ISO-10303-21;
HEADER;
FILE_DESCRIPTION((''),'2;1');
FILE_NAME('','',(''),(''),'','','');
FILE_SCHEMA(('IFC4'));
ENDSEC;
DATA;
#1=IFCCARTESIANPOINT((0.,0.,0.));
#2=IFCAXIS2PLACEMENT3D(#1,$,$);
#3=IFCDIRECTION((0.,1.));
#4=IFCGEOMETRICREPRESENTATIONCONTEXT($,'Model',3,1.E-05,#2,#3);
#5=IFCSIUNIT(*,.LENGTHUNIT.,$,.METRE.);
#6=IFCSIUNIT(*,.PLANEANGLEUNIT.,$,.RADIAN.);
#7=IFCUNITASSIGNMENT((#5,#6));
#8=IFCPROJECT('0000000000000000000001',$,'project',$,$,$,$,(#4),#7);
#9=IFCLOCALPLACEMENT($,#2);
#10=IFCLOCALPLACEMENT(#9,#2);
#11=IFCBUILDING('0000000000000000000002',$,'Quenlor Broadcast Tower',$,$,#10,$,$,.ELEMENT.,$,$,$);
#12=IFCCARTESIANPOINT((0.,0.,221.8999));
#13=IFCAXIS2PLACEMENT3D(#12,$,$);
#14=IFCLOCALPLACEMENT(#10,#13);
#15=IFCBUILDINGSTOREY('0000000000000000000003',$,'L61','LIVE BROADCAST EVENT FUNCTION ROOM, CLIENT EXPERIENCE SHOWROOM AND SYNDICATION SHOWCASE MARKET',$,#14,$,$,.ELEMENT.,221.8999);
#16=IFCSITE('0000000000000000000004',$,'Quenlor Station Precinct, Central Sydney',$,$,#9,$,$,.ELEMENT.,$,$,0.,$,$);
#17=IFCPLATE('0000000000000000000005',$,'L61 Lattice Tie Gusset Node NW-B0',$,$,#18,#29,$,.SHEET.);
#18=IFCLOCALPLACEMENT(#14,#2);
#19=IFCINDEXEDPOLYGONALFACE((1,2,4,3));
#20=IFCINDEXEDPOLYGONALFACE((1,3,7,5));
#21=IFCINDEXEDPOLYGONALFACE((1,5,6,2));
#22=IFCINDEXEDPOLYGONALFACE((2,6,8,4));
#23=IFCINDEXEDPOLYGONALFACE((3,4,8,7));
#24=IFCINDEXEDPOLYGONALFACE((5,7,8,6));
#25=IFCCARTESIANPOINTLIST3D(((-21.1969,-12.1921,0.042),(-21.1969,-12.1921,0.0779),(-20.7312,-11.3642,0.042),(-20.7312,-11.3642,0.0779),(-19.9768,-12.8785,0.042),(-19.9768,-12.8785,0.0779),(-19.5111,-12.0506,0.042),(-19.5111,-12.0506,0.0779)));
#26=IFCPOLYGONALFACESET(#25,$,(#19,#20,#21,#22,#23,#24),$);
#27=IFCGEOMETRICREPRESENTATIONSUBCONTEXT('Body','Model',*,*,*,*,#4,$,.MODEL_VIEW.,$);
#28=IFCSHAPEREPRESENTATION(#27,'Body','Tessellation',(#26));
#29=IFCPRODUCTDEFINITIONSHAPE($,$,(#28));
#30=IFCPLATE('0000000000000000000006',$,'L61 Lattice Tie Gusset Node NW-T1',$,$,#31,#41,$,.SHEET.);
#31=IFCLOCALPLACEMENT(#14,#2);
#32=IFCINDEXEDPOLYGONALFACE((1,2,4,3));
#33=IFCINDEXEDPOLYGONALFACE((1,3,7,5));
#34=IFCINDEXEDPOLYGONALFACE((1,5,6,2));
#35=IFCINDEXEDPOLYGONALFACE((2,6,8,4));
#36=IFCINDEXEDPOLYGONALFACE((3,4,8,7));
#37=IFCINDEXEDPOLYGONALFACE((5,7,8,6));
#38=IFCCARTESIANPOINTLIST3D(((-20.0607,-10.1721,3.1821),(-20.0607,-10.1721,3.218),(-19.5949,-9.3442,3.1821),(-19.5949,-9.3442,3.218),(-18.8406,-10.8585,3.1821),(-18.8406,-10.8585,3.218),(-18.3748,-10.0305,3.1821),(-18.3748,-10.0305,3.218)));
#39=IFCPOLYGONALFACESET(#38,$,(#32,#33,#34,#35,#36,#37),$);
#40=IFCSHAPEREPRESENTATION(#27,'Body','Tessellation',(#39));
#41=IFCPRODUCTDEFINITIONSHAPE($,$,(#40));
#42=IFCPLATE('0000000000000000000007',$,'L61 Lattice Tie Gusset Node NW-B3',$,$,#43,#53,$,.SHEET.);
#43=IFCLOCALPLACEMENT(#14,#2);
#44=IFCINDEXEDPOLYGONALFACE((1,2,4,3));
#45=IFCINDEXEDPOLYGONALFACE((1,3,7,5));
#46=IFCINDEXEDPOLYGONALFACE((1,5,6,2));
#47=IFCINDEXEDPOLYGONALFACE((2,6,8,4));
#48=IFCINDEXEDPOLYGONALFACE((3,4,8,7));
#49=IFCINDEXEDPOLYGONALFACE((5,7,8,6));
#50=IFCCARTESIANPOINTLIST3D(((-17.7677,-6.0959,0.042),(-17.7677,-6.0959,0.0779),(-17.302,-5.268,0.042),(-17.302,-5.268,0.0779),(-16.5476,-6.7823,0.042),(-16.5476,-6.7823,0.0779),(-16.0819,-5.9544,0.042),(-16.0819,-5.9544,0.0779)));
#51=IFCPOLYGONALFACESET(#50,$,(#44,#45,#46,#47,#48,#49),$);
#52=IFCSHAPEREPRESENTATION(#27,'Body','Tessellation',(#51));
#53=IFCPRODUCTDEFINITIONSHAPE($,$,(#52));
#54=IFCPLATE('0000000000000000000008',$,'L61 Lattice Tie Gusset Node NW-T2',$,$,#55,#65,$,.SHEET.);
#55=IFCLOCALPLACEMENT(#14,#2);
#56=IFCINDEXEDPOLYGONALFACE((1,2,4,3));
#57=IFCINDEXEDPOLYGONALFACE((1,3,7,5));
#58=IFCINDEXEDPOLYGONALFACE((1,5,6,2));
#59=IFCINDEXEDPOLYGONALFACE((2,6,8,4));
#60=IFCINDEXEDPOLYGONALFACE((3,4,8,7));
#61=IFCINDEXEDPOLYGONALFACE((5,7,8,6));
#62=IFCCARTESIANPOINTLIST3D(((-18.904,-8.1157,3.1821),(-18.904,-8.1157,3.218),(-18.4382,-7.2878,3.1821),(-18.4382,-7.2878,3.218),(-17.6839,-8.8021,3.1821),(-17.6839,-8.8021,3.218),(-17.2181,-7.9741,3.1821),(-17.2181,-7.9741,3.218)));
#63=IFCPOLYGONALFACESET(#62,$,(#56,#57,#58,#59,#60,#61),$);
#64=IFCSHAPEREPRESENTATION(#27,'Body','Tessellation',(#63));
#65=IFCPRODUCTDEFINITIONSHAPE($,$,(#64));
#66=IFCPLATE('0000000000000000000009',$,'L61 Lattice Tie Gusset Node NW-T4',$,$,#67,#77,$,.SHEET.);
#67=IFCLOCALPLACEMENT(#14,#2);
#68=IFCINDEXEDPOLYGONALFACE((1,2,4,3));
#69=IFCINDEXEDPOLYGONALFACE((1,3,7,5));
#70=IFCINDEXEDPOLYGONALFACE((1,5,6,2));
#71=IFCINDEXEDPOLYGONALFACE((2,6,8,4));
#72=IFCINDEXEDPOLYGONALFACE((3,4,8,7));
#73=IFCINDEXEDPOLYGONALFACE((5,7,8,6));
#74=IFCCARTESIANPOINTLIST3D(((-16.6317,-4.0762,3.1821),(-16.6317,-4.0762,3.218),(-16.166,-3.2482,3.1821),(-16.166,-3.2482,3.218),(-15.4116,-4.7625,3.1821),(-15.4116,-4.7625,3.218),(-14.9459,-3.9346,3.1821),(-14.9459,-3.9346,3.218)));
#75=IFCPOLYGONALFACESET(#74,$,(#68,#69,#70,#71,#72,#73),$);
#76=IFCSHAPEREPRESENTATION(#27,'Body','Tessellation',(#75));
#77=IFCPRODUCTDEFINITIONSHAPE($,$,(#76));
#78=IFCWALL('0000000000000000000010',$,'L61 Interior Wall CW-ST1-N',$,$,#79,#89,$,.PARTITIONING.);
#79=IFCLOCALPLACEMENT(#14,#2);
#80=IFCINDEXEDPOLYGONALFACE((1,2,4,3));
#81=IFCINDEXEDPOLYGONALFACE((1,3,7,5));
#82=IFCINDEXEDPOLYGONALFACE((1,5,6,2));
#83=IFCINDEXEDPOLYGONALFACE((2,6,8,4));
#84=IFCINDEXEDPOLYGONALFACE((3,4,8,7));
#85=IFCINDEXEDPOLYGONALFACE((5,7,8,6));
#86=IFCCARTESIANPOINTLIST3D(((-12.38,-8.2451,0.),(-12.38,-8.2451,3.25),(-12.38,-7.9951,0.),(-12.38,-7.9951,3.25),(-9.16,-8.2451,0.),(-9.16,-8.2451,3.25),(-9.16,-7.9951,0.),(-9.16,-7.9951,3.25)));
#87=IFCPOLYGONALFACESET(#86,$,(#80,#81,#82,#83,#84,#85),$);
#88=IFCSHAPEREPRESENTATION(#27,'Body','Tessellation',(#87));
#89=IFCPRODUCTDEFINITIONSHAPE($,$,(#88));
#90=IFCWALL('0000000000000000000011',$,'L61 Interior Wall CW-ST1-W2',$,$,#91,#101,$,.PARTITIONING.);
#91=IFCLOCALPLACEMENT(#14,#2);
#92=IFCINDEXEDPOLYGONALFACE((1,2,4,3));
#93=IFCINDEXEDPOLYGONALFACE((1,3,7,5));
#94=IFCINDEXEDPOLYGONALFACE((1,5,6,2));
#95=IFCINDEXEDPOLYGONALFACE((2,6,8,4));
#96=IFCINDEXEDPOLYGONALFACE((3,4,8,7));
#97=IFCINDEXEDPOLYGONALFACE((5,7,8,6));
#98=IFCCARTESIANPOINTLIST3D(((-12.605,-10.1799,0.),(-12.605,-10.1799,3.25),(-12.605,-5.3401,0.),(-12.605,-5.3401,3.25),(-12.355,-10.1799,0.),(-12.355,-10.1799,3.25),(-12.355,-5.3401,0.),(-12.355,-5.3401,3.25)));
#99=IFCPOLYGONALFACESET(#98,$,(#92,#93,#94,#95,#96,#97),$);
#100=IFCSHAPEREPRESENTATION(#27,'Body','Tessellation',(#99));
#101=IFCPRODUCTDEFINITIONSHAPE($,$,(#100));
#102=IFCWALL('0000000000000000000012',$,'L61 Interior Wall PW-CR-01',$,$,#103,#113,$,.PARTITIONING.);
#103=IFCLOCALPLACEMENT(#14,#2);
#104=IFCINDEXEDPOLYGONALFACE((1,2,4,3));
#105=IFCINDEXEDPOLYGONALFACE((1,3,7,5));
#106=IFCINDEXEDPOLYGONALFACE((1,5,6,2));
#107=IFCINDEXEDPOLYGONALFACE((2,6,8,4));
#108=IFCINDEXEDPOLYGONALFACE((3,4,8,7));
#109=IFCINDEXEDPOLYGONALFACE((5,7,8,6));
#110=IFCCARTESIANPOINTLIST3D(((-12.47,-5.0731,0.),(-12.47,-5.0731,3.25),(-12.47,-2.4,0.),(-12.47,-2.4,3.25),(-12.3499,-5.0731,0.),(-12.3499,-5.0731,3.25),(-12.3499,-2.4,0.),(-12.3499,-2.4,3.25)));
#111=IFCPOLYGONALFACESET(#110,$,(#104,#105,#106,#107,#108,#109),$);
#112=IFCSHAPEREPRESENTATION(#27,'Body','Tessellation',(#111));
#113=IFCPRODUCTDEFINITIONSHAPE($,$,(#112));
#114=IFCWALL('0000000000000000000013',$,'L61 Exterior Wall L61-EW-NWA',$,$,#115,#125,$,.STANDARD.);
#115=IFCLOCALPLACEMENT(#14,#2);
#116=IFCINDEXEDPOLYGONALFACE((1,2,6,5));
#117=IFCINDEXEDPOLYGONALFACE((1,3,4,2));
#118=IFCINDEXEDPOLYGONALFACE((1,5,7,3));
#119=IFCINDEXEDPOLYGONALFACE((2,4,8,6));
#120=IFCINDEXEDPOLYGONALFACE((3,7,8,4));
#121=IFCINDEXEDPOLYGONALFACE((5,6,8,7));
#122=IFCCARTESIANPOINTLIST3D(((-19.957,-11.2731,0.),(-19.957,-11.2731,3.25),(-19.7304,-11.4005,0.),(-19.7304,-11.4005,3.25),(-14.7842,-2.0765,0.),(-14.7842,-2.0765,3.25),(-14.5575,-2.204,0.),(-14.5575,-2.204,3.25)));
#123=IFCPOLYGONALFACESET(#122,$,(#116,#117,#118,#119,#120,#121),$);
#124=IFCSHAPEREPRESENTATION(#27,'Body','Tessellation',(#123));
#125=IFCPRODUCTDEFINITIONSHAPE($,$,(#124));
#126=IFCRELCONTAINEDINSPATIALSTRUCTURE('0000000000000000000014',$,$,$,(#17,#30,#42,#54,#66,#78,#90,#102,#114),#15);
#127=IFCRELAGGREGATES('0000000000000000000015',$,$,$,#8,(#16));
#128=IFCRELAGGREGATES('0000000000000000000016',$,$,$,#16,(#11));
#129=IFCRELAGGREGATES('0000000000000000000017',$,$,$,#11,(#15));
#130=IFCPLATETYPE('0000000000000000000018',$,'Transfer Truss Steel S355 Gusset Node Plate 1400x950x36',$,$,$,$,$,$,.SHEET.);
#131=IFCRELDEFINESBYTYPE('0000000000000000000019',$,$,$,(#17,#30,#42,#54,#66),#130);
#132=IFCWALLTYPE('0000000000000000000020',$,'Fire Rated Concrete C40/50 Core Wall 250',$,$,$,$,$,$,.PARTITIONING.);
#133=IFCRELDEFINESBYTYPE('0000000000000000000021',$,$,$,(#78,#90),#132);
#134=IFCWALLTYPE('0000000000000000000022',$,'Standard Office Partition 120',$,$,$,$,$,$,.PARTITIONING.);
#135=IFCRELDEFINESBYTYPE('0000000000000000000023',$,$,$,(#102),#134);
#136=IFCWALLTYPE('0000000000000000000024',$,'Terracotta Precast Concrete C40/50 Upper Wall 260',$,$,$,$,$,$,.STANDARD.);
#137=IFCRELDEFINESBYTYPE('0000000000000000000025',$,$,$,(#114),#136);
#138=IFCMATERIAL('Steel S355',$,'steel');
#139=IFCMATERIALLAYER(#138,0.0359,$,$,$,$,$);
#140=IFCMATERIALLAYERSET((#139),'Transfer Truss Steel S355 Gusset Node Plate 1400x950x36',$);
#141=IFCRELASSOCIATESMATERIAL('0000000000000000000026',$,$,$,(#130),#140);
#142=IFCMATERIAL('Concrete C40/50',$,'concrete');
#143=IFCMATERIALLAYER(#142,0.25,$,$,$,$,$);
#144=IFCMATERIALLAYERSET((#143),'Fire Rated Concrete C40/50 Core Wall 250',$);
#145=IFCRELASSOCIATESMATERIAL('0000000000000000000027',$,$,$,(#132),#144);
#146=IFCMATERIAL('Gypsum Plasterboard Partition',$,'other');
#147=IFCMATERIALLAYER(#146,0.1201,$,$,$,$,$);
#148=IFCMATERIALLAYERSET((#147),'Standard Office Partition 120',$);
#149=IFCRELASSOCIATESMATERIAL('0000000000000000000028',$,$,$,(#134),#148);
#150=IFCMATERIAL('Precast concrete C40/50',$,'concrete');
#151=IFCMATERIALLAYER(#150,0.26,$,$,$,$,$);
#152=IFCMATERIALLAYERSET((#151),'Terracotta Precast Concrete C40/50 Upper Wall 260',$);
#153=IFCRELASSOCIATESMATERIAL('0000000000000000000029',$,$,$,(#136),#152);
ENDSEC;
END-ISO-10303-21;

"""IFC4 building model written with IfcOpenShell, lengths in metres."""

from ifc_helpers import new_model, si_unit, direction, frame, frame_2d, origin, origin_2d, place, context, subcontext, project, spatial, rectangle, extrude, material, layer, layer_set, type_object, element, save


model = new_model("IFC4")

# Units and contexts
model_context = context("Model", 3, precision=1e-05, world=origin(), true_north=direction((0.0, 1.0)))
body_context = subcontext(model_context, "Body", "Model", "MODEL_VIEW")
ifc_project = project(units=[si_unit("LENGTHUNIT", "METRE"), si_unit("PLANEANGLEUNIT", "RADIAN")], contexts=[model_context])

# Site, building, storey
site_placement = place(None, origin())
site = spatial("IfcSite", under=ifc_project, at=site_placement, Name="Quenlor Station Precinct, Central Sydney", CompositionType="ELEMENT", RefElevation=0.0)
building_placement = place(site_placement, origin())
building = spatial("IfcBuilding", under=site, at=building_placement, Name="Quenlor Broadcast Tower", CompositionType="ELEMENT")
storey_placement = place(building_placement, frame((0.0, 0.0, 221.8999)))
storey = spatial("IfcBuildingStorey", under=building, at=storey_placement, Name="L61", Description="LIVE BROADCAST EVENT FUNCTION ROOM, CLIENT EXPERIENCE SHOWROOM AND SYNDICATION SHOWCASE MARKET", CompositionType="ELEMENT", Elevation=221.8999)

# Plates
ifc_material_1 = material(Name="Steel S355", Category="steel")
ifc_layer_1 = layer(ifc_material_1, 0.0359)
ifc_layer_set_1 = layer_set([ifc_layer_1], Name="Transfer Truss Steel S355 Gusset Node Plate 1400x950x36")
plate_type = type_object("IfcPlateType", Name="Transfer Truss Steel S355 Gusset Node Plate 1400x950x36", PredefinedType="SHEET", material=ifc_layer_set_1)
for number, where, z_axis, x_axis, name in (
    (1, (-20.354, -12.1213, 0.042), (0.0, 0.0, 1.0), (-0.871556, 0.490295, 0.0), "L61 Lattice Tie Gusset Node NW-B0"),
    (2, (-19.2178, -10.1013, 3.1821), (0.0, 0.0, 1.0), (-0.871556, 0.490295, 0.0), "L61 Lattice Tie Gusset Node NW-T1"),
    (3, (-16.9248, -6.0251, 0.042), (0.0, 0.0, 1.0), (-0.871556, 0.490295, 0.0), "L61 Lattice Tie Gusset Node NW-B3"),
    (4, (-18.061, -8.0449, 3.1821), (0.0, 0.0, 1.0), (-0.871556, 0.490295, 0.0), "L61 Lattice Tie Gusset Node NW-T2"),
    (5, (-15.7888, -4.0054, 3.1821), (0.0, 0.0, 1.0), (-0.871556, 0.490295, 0.0), "L61 Lattice Tie Gusset Node NW-T4"),
):
    element("IfcPlate", number, at=place(storey_placement, frame(where, z_axis=z_axis, x_axis=x_axis)), inside=storey, type_object=plate_type, Name=name, PredefinedType="SHEET", context=body_context, shape_type="SweptSolid", body=[
        extrude(rectangle(XDim=1.3999, YDim=0.95, at=origin_2d()), origin(), (0.0, 0.0, 1.0), 0.0359),
    ])

# Walls
ifc_material_2 = material(Name="Concrete C40/50", Category="concrete")
ifc_layer_2 = layer(ifc_material_2, 0.25)
ifc_layer_set_2 = layer_set([ifc_layer_2], Name="Fire Rated Concrete C40/50 Core Wall 250")
wall_type_1 = type_object("IfcWallType", Name="Fire Rated Concrete C40/50 Core Wall 250", PredefinedType="PARTITIONING", material=ifc_layer_set_2)
wall_1_placement = place(storey_placement, frame((-12.3799, -8.1201, 0.0), z_axis=(0.0, 0.0, 1.0), x_axis=(1.0, 0.0, 0.0)))
element("IfcWall", 6, at=wall_1_placement, inside=storey, type_object=wall_type_1, Name="L61 Interior Wall CW-ST1-N", PredefinedType="PARTITIONING", context=body_context, shape_type="SweptSolid", body=[
    extrude(rectangle(XDim=3.22, YDim=0.25, at=frame_2d((1.6099, 0.0))), origin(), (0.0, 0.0, 1.0), 3.25),
])
wall_2_placement = place(storey_placement, frame((-12.48, -10.1799, 0.0), z_axis=(0.0, 0.0, 1.0), x_axis=(0.0, 1.0, 0.0)))
element("IfcWall", 7, at=wall_2_placement, inside=storey, type_object=wall_type_1, Name="L61 Interior Wall CW-ST1-W2", PredefinedType="PARTITIONING", context=body_context, shape_type="SweptSolid", body=[
    extrude(rectangle(XDim=4.8398, YDim=0.25, at=frame_2d((2.4199, 0.0))), origin(), (0.0, 0.0, 1.0), 3.25),
])

# Wall
ifc_material_3 = material(Name="Gypsum Plasterboard Partition", Category="other")
ifc_layer_3 = layer(ifc_material_3, 0.1201)
ifc_layer_set_3 = layer_set([ifc_layer_3], Name="Standard Office Partition 120")
wall_type_2 = type_object("IfcWallType", Name="Standard Office Partition 120", PredefinedType="PARTITIONING", material=ifc_layer_set_3)
wall_3_placement = place(storey_placement, frame((-12.4099, -5.073, 0.0), z_axis=(0.0, 0.0, 1.0), x_axis=(0.0, 1.0, 0.0)))
element("IfcWall", 8, at=wall_3_placement, inside=storey, type_object=wall_type_2, Name="L61 Interior Wall PW-CR-01", PredefinedType="PARTITIONING", context=body_context, shape_type="SweptSolid", body=[
    extrude(rectangle(XDim=2.6731, YDim=0.1201, at=frame_2d((1.3364, 0.0))), origin(), (0.0, 0.0, 1.0), 3.25),
])

# Wall
ifc_material_4 = material(Name="Precast concrete C40/50", Category="concrete")
ifc_layer_4 = layer(ifc_material_4, 0.26)
ifc_layer_set_4 = layer_set([ifc_layer_4], Name="Terracotta Precast Concrete C40/50 Upper Wall 260")
wall_type_3 = type_object("IfcWallType", Name="Terracotta Precast Concrete C40/50 Upper Wall 260", PredefinedType="STANDARD", material=ifc_layer_set_4)
wall_4_placement = place(storey_placement, frame((-19.8438, -11.3369, 0.0), z_axis=(0.0, 0.0, 1.0), x_axis=(0.490247, 0.871584, 0.0)))
element("IfcWall", 9, at=wall_4_placement, inside=storey, type_object=wall_type_3, Name="L61 Exterior Wall L61-EW-NWA", PredefinedType="STANDARD", context=body_context, shape_type="SweptSolid", body=[
    extrude(rectangle(XDim=10.5515, YDim=0.26, at=frame_2d((5.2759, 0.0))), origin(), (0.0, 0.0, 1.0), 3.25),
])

save(model, "model.ifc")
